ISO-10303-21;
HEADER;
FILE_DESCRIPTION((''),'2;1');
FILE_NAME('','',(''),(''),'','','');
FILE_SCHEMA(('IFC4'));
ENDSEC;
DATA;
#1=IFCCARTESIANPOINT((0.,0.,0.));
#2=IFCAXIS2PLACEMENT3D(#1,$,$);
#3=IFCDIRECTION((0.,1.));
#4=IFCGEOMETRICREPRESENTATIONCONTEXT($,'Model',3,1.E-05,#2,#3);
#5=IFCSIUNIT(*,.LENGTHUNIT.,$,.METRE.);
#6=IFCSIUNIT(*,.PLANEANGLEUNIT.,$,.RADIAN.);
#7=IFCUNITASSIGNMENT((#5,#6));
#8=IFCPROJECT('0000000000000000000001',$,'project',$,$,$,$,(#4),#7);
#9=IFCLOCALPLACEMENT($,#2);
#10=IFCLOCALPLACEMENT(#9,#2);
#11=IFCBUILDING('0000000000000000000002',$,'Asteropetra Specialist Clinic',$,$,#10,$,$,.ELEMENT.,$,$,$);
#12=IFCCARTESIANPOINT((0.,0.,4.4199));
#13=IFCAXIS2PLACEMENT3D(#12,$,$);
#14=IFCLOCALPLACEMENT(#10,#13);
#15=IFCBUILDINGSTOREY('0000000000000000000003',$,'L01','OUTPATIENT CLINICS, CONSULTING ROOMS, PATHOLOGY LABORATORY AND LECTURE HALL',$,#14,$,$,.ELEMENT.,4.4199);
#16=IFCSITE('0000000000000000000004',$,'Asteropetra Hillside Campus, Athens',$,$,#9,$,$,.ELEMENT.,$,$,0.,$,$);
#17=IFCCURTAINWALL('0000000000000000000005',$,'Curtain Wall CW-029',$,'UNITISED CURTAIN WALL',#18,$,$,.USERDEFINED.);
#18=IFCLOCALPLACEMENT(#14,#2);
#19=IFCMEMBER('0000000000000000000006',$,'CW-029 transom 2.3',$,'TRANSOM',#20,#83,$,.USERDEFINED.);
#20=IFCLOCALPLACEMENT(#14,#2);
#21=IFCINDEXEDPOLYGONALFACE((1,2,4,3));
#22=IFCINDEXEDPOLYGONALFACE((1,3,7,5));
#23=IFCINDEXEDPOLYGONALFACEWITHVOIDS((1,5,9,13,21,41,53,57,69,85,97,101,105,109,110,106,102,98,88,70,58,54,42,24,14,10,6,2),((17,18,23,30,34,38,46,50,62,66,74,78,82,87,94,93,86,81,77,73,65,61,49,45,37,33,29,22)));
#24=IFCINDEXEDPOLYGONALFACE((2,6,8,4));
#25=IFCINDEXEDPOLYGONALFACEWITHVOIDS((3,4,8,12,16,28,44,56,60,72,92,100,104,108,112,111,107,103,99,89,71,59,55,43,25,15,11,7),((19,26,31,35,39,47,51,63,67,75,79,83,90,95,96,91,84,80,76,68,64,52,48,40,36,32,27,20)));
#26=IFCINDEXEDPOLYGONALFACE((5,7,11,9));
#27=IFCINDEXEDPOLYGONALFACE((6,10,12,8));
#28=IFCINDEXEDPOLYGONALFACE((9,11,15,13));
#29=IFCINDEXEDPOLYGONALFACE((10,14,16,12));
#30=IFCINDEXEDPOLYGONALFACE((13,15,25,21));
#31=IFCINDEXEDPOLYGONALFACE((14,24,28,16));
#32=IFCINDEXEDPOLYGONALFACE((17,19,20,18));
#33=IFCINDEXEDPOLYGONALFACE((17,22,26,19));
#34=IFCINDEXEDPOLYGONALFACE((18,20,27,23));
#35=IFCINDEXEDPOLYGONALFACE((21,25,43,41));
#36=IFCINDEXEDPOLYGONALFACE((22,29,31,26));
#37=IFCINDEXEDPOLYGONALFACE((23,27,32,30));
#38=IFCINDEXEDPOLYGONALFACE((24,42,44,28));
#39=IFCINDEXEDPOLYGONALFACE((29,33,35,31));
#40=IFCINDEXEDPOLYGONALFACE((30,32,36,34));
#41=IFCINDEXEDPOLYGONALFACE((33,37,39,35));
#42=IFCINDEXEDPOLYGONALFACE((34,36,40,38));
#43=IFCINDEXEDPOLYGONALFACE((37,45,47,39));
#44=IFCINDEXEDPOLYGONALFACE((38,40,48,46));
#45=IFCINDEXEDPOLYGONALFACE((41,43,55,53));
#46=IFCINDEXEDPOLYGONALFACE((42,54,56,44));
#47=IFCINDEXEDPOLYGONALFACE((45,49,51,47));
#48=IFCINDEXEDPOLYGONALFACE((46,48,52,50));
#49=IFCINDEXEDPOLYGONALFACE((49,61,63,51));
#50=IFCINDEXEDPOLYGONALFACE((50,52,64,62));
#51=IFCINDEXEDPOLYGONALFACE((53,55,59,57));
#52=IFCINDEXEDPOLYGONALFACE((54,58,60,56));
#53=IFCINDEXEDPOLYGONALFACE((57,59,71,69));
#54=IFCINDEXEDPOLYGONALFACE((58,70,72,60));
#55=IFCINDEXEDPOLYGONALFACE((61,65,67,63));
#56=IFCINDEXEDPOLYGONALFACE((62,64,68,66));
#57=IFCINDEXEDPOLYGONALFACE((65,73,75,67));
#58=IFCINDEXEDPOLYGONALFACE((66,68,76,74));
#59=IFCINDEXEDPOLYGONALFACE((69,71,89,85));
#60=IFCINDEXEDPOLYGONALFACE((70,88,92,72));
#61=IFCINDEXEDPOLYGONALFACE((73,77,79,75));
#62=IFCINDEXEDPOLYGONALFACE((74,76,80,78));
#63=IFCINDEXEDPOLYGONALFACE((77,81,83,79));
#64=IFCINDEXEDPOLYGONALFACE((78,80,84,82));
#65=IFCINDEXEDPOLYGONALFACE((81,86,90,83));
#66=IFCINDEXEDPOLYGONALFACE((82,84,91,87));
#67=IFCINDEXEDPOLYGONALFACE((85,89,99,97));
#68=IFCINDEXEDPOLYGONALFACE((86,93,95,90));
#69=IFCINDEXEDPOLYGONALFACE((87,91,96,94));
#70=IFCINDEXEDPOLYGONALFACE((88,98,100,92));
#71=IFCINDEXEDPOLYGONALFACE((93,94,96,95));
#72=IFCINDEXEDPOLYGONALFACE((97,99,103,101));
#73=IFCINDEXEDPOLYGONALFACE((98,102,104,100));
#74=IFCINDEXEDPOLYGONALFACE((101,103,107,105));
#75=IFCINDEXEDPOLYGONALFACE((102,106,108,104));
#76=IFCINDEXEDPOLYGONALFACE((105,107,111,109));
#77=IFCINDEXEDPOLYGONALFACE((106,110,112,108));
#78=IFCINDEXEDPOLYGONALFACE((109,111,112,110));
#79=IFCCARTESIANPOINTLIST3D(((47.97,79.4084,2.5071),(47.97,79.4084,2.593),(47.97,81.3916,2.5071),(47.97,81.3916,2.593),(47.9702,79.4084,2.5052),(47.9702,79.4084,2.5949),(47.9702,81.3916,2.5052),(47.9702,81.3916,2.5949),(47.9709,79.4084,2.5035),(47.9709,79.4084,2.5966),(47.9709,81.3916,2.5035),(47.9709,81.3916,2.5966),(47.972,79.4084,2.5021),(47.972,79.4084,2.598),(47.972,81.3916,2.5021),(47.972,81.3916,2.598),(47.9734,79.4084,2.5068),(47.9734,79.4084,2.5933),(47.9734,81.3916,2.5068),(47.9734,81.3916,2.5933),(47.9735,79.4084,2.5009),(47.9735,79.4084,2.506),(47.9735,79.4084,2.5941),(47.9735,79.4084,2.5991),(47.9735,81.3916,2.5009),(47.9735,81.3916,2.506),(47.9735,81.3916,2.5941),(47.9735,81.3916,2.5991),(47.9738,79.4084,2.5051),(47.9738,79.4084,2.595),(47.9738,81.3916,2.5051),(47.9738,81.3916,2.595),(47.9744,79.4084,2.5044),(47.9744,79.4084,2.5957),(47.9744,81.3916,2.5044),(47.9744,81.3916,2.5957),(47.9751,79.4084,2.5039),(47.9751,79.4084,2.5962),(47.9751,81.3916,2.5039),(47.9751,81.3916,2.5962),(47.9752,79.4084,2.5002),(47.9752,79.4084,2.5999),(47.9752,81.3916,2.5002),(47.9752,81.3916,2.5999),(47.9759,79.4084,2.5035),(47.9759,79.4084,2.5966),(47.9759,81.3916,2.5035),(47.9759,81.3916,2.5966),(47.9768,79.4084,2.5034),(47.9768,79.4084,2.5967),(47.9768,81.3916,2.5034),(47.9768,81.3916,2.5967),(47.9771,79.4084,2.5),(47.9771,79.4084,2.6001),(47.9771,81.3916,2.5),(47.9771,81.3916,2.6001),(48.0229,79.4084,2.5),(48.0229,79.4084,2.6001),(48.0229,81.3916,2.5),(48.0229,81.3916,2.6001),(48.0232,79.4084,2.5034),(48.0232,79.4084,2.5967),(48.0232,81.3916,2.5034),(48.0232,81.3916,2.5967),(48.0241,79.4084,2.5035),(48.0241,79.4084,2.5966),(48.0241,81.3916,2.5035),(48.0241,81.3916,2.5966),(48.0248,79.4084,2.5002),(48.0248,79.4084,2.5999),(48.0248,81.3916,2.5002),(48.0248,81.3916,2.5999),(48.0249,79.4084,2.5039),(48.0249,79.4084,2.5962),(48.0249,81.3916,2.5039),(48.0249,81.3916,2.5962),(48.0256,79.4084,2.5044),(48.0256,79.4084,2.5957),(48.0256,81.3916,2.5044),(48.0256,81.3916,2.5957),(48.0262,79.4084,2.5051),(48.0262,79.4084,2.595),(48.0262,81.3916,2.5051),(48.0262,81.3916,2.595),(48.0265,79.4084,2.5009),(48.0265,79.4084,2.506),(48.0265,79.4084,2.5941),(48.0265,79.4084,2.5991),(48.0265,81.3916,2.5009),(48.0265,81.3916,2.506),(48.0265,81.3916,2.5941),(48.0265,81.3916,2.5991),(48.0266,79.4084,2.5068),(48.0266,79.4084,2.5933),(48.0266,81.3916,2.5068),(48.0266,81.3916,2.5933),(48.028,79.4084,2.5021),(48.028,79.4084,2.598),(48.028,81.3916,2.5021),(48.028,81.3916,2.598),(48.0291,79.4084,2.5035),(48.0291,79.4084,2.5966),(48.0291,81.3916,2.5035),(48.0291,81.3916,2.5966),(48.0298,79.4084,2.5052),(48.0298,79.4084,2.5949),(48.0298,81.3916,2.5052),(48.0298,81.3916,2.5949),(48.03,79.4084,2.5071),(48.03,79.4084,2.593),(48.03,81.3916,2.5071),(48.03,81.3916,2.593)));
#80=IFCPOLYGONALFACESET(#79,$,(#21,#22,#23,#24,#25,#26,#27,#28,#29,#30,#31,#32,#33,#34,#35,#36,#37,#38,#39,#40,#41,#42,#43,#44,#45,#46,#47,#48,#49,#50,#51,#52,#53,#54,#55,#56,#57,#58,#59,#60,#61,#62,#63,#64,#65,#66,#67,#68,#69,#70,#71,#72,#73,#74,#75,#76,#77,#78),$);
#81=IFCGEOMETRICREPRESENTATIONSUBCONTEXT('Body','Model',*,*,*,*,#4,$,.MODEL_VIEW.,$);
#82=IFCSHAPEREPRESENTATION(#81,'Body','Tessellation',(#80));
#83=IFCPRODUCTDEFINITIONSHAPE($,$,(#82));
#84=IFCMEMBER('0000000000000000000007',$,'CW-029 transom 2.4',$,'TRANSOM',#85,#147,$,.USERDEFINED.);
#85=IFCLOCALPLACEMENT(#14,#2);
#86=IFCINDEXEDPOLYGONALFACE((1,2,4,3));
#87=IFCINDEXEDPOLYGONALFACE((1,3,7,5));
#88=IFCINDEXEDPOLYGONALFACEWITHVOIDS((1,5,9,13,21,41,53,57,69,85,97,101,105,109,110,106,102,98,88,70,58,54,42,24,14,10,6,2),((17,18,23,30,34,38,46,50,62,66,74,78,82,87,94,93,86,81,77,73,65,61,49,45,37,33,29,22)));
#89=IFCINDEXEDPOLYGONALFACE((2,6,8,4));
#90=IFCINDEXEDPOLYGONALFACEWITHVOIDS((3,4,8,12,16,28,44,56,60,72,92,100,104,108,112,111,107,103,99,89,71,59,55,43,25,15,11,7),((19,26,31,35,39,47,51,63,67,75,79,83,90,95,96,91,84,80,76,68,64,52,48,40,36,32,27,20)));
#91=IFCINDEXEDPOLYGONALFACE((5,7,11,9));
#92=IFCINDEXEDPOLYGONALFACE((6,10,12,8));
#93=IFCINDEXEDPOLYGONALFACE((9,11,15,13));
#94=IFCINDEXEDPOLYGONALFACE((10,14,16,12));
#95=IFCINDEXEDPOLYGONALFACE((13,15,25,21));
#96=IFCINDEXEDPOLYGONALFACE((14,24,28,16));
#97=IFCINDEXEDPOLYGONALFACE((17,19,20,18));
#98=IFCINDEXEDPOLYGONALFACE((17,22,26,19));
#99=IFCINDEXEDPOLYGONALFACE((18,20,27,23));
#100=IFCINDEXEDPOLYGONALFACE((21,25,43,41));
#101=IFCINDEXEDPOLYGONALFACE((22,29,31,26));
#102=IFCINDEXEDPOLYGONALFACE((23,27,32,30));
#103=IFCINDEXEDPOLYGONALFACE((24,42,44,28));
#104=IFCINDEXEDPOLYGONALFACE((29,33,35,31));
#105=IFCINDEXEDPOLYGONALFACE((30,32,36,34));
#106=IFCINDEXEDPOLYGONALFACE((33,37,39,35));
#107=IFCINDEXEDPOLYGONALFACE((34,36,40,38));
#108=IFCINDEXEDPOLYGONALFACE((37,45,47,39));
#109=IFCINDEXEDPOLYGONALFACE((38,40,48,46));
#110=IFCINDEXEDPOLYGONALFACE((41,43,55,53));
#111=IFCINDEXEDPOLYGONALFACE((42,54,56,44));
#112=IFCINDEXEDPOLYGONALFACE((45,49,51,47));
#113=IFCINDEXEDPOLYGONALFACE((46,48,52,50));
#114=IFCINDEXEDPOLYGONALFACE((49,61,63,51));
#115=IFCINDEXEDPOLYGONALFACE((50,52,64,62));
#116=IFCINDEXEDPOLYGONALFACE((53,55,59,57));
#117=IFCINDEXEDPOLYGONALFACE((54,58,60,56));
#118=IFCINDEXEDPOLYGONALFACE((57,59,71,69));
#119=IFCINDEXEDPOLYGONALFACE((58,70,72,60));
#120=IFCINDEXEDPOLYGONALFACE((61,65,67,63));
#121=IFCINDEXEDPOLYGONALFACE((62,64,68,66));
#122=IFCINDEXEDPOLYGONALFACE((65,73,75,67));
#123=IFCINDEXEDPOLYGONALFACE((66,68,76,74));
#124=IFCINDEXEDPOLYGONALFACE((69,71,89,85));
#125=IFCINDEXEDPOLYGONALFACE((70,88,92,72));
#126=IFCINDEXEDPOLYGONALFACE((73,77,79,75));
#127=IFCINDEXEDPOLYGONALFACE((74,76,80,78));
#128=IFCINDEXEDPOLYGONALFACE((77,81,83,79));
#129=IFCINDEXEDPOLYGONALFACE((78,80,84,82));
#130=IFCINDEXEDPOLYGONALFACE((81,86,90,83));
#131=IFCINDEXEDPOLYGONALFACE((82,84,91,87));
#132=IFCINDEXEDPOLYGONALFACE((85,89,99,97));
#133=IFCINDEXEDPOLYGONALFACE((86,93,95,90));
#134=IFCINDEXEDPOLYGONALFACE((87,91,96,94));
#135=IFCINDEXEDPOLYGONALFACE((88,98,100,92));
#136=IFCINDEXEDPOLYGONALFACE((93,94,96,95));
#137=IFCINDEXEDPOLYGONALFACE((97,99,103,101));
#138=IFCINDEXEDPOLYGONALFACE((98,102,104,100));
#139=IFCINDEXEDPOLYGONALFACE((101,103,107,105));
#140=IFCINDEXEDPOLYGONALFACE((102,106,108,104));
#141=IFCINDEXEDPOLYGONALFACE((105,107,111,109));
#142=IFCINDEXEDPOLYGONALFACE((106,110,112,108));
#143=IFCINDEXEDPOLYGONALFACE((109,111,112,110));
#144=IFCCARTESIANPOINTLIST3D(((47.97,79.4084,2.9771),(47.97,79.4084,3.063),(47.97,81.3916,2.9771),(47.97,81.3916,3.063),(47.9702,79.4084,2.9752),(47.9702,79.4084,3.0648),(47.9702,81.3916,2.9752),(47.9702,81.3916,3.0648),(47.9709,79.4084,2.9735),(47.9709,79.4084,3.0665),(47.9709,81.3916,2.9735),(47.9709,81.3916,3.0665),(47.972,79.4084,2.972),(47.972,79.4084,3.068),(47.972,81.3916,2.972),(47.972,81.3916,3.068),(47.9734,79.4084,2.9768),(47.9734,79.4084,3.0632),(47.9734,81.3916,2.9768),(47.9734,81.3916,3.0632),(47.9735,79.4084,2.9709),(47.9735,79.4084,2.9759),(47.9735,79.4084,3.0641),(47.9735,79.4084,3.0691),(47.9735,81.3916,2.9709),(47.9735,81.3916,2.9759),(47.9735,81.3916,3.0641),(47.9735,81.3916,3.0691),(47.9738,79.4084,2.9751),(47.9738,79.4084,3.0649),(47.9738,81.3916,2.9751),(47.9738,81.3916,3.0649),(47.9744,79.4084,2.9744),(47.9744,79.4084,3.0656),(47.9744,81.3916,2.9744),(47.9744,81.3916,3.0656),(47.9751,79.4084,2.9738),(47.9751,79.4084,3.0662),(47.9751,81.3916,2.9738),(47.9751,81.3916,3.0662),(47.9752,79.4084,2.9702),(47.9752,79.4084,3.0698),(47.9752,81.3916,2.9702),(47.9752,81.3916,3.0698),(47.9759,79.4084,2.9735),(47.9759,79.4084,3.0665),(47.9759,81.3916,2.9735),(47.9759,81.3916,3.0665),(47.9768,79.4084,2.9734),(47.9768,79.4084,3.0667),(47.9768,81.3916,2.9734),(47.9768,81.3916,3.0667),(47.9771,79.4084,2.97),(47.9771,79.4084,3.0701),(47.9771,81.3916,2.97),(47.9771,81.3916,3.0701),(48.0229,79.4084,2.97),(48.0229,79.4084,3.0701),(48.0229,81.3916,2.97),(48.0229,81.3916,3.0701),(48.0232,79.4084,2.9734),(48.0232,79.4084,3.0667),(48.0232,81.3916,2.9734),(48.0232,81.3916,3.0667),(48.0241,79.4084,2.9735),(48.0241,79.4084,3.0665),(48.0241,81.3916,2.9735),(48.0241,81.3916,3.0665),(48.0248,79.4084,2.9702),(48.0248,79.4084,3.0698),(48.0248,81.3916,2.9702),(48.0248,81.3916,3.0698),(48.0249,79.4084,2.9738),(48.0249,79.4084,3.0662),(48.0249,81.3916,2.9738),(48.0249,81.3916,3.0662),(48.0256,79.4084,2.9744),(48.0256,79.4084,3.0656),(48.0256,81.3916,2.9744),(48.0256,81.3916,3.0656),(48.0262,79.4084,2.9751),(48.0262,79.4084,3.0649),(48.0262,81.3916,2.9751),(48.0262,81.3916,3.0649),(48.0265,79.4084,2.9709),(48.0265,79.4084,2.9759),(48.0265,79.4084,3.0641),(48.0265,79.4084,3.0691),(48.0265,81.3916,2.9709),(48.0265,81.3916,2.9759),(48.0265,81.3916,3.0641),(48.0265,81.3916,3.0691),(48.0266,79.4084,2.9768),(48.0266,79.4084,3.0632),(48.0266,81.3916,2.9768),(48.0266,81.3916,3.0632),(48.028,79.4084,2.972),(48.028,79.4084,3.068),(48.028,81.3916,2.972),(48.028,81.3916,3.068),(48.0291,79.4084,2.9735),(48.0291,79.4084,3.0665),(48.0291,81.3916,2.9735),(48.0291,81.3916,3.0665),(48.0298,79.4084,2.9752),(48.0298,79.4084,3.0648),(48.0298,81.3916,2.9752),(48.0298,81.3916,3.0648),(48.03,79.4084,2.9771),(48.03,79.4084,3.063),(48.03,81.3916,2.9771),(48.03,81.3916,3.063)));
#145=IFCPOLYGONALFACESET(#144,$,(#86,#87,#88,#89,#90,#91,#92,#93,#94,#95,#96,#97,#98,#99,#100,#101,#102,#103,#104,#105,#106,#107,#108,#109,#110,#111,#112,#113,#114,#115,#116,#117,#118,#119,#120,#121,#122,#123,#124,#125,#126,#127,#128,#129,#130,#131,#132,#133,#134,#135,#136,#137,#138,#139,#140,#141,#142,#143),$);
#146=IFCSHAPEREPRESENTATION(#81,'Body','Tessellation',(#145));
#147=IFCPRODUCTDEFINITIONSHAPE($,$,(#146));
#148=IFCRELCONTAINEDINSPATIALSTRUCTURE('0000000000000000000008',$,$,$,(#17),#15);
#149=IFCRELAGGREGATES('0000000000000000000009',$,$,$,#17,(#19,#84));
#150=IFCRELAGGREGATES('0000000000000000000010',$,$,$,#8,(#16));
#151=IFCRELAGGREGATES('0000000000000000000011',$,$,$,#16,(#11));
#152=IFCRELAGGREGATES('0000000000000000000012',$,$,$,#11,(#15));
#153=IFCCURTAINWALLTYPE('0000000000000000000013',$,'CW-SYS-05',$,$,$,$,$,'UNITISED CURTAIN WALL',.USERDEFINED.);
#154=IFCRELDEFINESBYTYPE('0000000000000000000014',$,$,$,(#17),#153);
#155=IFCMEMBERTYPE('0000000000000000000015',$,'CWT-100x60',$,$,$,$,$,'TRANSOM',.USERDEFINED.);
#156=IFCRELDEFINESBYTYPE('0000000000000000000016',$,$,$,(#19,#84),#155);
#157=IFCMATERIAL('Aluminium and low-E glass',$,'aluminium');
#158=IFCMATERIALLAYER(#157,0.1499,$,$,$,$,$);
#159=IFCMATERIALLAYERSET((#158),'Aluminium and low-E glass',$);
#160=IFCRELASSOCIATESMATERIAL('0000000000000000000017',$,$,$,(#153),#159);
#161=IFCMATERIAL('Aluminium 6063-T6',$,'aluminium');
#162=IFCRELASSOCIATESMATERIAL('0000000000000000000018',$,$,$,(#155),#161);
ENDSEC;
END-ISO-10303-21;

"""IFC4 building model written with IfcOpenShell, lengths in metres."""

from ifc_helpers import new_model, si_unit, direction, frame, origin, origin_2d, place, context, subcontext, project, spatial, hollow_rectangle, extrude, material, layer, layer_set, material_profile, profile_set, type_object, element, aggregate, save


model = new_model("IFC4")

# Units and contexts
model_context = context("Model", 3, precision=1e-05, world=origin(), true_north=direction((0.0, 1.0)))
body_context = subcontext(model_context, "Body", "Model", "MODEL_VIEW")
ifc_project = project(units=[si_unit("LENGTHUNIT", "METRE"), si_unit("PLANEANGLEUNIT", "RADIAN")], contexts=[model_context])

# Site, building, storey
site_placement = place(None, origin())
site = spatial("IfcSite", under=ifc_project, at=site_placement, Name="Asteropetra Hillside Campus, Athens", CompositionType="ELEMENT", RefElevation=0.0)
building_placement = place(site_placement, origin())
building = spatial("IfcBuilding", under=site, at=building_placement, Name="Asteropetra Specialist Clinic", CompositionType="ELEMENT")
storey_placement = place(building_placement, frame((0.0, 0.0, 4.4199)))
storey = spatial("IfcBuildingStorey", under=building, at=storey_placement, Name="L01", Description="OUTPATIENT CLINICS, CONSULTING ROOMS, PATHOLOGY LABORATORY AND LECTURE HALL", CompositionType="ELEMENT", Elevation=4.4199)

# Curtain wall
ifc_material_1 = material(Name="Aluminium and low-E glass", Category="aluminium")
ifc_layer_1 = layer(ifc_material_1, 0.1499)
ifc_layer_set_1 = layer_set([ifc_layer_1], Name="Aluminium and low-E glass")
curtain_wall_type_1 = type_object("IfcCurtainWallType", Name="CW-SYS-05", ElementType="UNITISED CURTAIN WALL", PredefinedType="USERDEFINED", material=ifc_layer_set_1)
curtain_wall_1_placement = place(storey_placement, origin())
curtain_wall_1 = element("IfcCurtainWall", 1, at=curtain_wall_1_placement, inside=storey, type_object=curtain_wall_type_1, Name="Curtain Wall CW-029", ObjectType="UNITISED CURTAIN WALL", PredefinedType="USERDEFINED")

# Members
ifc_material_2 = material(Name="Aluminium 6063-T6", Category="aluminium")
ifc_material_profile_1 = material_profile(ifc_material_2, hollow_rectangle(XDim=0.0601, YDim=0.1001, WallThickness=0.0034, InnerFilletRadius=0.0034, OuterFilletRadius=0.0071, at=origin_2d()), Name="TRN 100x60x3.5")
ifc_profile_set_1 = profile_set([ifc_material_profile_1], Name="Aluminium 6063-T6")
member_type_1 = type_object("IfcMemberType", Name="CWT-100x60", ElementType="TRANSOM", PredefinedType="USERDEFINED", material=ifc_profile_set_1)
member_1_placement = place(storey_placement, frame((48.0, 81.3916, 2.55), z_axis=(0.0, -1.0, 0.0), x_axis=(1.0, 0.0, 0.0)))
member_1 = element("IfcMember", 2, at=member_1_placement, type_object=member_type_1, Name="CW-029 transom 2.3", ObjectType="TRANSOM", PredefinedType="USERDEFINED", context=body_context, shape_type="SweptSolid", body=[
    extrude(hollow_rectangle(XDim=0.0601, YDim=0.1001, WallThickness=0.0034, InnerFilletRadius=0.0034, OuterFilletRadius=0.0071, at=origin_2d()), origin(), (0.0, 0.0, 1.0), 1.9832),
])
member_2_placement = place(storey_placement, frame((48.0, 81.3916, 3.02), z_axis=(0.0, -1.0, 0.0), x_axis=(1.0, 0.0, 0.0)))
member_2 = element("IfcMember", 3, at=member_2_placement, type_object=member_type_1, Name="CW-029 transom 2.4", ObjectType="TRANSOM", PredefinedType="USERDEFINED", context=body_context, shape_type="SweptSolid", body=[
    extrude(hollow_rectangle(XDim=0.0601, YDim=0.1001, WallThickness=0.0034, InnerFilletRadius=0.0034, OuterFilletRadius=0.0071, at=origin_2d()), origin(), (0.0, 0.0, 1.0), 1.9832),
])

aggregate(curtain_wall_1, [member_1, member_2])

save(model, "model.ifc")
